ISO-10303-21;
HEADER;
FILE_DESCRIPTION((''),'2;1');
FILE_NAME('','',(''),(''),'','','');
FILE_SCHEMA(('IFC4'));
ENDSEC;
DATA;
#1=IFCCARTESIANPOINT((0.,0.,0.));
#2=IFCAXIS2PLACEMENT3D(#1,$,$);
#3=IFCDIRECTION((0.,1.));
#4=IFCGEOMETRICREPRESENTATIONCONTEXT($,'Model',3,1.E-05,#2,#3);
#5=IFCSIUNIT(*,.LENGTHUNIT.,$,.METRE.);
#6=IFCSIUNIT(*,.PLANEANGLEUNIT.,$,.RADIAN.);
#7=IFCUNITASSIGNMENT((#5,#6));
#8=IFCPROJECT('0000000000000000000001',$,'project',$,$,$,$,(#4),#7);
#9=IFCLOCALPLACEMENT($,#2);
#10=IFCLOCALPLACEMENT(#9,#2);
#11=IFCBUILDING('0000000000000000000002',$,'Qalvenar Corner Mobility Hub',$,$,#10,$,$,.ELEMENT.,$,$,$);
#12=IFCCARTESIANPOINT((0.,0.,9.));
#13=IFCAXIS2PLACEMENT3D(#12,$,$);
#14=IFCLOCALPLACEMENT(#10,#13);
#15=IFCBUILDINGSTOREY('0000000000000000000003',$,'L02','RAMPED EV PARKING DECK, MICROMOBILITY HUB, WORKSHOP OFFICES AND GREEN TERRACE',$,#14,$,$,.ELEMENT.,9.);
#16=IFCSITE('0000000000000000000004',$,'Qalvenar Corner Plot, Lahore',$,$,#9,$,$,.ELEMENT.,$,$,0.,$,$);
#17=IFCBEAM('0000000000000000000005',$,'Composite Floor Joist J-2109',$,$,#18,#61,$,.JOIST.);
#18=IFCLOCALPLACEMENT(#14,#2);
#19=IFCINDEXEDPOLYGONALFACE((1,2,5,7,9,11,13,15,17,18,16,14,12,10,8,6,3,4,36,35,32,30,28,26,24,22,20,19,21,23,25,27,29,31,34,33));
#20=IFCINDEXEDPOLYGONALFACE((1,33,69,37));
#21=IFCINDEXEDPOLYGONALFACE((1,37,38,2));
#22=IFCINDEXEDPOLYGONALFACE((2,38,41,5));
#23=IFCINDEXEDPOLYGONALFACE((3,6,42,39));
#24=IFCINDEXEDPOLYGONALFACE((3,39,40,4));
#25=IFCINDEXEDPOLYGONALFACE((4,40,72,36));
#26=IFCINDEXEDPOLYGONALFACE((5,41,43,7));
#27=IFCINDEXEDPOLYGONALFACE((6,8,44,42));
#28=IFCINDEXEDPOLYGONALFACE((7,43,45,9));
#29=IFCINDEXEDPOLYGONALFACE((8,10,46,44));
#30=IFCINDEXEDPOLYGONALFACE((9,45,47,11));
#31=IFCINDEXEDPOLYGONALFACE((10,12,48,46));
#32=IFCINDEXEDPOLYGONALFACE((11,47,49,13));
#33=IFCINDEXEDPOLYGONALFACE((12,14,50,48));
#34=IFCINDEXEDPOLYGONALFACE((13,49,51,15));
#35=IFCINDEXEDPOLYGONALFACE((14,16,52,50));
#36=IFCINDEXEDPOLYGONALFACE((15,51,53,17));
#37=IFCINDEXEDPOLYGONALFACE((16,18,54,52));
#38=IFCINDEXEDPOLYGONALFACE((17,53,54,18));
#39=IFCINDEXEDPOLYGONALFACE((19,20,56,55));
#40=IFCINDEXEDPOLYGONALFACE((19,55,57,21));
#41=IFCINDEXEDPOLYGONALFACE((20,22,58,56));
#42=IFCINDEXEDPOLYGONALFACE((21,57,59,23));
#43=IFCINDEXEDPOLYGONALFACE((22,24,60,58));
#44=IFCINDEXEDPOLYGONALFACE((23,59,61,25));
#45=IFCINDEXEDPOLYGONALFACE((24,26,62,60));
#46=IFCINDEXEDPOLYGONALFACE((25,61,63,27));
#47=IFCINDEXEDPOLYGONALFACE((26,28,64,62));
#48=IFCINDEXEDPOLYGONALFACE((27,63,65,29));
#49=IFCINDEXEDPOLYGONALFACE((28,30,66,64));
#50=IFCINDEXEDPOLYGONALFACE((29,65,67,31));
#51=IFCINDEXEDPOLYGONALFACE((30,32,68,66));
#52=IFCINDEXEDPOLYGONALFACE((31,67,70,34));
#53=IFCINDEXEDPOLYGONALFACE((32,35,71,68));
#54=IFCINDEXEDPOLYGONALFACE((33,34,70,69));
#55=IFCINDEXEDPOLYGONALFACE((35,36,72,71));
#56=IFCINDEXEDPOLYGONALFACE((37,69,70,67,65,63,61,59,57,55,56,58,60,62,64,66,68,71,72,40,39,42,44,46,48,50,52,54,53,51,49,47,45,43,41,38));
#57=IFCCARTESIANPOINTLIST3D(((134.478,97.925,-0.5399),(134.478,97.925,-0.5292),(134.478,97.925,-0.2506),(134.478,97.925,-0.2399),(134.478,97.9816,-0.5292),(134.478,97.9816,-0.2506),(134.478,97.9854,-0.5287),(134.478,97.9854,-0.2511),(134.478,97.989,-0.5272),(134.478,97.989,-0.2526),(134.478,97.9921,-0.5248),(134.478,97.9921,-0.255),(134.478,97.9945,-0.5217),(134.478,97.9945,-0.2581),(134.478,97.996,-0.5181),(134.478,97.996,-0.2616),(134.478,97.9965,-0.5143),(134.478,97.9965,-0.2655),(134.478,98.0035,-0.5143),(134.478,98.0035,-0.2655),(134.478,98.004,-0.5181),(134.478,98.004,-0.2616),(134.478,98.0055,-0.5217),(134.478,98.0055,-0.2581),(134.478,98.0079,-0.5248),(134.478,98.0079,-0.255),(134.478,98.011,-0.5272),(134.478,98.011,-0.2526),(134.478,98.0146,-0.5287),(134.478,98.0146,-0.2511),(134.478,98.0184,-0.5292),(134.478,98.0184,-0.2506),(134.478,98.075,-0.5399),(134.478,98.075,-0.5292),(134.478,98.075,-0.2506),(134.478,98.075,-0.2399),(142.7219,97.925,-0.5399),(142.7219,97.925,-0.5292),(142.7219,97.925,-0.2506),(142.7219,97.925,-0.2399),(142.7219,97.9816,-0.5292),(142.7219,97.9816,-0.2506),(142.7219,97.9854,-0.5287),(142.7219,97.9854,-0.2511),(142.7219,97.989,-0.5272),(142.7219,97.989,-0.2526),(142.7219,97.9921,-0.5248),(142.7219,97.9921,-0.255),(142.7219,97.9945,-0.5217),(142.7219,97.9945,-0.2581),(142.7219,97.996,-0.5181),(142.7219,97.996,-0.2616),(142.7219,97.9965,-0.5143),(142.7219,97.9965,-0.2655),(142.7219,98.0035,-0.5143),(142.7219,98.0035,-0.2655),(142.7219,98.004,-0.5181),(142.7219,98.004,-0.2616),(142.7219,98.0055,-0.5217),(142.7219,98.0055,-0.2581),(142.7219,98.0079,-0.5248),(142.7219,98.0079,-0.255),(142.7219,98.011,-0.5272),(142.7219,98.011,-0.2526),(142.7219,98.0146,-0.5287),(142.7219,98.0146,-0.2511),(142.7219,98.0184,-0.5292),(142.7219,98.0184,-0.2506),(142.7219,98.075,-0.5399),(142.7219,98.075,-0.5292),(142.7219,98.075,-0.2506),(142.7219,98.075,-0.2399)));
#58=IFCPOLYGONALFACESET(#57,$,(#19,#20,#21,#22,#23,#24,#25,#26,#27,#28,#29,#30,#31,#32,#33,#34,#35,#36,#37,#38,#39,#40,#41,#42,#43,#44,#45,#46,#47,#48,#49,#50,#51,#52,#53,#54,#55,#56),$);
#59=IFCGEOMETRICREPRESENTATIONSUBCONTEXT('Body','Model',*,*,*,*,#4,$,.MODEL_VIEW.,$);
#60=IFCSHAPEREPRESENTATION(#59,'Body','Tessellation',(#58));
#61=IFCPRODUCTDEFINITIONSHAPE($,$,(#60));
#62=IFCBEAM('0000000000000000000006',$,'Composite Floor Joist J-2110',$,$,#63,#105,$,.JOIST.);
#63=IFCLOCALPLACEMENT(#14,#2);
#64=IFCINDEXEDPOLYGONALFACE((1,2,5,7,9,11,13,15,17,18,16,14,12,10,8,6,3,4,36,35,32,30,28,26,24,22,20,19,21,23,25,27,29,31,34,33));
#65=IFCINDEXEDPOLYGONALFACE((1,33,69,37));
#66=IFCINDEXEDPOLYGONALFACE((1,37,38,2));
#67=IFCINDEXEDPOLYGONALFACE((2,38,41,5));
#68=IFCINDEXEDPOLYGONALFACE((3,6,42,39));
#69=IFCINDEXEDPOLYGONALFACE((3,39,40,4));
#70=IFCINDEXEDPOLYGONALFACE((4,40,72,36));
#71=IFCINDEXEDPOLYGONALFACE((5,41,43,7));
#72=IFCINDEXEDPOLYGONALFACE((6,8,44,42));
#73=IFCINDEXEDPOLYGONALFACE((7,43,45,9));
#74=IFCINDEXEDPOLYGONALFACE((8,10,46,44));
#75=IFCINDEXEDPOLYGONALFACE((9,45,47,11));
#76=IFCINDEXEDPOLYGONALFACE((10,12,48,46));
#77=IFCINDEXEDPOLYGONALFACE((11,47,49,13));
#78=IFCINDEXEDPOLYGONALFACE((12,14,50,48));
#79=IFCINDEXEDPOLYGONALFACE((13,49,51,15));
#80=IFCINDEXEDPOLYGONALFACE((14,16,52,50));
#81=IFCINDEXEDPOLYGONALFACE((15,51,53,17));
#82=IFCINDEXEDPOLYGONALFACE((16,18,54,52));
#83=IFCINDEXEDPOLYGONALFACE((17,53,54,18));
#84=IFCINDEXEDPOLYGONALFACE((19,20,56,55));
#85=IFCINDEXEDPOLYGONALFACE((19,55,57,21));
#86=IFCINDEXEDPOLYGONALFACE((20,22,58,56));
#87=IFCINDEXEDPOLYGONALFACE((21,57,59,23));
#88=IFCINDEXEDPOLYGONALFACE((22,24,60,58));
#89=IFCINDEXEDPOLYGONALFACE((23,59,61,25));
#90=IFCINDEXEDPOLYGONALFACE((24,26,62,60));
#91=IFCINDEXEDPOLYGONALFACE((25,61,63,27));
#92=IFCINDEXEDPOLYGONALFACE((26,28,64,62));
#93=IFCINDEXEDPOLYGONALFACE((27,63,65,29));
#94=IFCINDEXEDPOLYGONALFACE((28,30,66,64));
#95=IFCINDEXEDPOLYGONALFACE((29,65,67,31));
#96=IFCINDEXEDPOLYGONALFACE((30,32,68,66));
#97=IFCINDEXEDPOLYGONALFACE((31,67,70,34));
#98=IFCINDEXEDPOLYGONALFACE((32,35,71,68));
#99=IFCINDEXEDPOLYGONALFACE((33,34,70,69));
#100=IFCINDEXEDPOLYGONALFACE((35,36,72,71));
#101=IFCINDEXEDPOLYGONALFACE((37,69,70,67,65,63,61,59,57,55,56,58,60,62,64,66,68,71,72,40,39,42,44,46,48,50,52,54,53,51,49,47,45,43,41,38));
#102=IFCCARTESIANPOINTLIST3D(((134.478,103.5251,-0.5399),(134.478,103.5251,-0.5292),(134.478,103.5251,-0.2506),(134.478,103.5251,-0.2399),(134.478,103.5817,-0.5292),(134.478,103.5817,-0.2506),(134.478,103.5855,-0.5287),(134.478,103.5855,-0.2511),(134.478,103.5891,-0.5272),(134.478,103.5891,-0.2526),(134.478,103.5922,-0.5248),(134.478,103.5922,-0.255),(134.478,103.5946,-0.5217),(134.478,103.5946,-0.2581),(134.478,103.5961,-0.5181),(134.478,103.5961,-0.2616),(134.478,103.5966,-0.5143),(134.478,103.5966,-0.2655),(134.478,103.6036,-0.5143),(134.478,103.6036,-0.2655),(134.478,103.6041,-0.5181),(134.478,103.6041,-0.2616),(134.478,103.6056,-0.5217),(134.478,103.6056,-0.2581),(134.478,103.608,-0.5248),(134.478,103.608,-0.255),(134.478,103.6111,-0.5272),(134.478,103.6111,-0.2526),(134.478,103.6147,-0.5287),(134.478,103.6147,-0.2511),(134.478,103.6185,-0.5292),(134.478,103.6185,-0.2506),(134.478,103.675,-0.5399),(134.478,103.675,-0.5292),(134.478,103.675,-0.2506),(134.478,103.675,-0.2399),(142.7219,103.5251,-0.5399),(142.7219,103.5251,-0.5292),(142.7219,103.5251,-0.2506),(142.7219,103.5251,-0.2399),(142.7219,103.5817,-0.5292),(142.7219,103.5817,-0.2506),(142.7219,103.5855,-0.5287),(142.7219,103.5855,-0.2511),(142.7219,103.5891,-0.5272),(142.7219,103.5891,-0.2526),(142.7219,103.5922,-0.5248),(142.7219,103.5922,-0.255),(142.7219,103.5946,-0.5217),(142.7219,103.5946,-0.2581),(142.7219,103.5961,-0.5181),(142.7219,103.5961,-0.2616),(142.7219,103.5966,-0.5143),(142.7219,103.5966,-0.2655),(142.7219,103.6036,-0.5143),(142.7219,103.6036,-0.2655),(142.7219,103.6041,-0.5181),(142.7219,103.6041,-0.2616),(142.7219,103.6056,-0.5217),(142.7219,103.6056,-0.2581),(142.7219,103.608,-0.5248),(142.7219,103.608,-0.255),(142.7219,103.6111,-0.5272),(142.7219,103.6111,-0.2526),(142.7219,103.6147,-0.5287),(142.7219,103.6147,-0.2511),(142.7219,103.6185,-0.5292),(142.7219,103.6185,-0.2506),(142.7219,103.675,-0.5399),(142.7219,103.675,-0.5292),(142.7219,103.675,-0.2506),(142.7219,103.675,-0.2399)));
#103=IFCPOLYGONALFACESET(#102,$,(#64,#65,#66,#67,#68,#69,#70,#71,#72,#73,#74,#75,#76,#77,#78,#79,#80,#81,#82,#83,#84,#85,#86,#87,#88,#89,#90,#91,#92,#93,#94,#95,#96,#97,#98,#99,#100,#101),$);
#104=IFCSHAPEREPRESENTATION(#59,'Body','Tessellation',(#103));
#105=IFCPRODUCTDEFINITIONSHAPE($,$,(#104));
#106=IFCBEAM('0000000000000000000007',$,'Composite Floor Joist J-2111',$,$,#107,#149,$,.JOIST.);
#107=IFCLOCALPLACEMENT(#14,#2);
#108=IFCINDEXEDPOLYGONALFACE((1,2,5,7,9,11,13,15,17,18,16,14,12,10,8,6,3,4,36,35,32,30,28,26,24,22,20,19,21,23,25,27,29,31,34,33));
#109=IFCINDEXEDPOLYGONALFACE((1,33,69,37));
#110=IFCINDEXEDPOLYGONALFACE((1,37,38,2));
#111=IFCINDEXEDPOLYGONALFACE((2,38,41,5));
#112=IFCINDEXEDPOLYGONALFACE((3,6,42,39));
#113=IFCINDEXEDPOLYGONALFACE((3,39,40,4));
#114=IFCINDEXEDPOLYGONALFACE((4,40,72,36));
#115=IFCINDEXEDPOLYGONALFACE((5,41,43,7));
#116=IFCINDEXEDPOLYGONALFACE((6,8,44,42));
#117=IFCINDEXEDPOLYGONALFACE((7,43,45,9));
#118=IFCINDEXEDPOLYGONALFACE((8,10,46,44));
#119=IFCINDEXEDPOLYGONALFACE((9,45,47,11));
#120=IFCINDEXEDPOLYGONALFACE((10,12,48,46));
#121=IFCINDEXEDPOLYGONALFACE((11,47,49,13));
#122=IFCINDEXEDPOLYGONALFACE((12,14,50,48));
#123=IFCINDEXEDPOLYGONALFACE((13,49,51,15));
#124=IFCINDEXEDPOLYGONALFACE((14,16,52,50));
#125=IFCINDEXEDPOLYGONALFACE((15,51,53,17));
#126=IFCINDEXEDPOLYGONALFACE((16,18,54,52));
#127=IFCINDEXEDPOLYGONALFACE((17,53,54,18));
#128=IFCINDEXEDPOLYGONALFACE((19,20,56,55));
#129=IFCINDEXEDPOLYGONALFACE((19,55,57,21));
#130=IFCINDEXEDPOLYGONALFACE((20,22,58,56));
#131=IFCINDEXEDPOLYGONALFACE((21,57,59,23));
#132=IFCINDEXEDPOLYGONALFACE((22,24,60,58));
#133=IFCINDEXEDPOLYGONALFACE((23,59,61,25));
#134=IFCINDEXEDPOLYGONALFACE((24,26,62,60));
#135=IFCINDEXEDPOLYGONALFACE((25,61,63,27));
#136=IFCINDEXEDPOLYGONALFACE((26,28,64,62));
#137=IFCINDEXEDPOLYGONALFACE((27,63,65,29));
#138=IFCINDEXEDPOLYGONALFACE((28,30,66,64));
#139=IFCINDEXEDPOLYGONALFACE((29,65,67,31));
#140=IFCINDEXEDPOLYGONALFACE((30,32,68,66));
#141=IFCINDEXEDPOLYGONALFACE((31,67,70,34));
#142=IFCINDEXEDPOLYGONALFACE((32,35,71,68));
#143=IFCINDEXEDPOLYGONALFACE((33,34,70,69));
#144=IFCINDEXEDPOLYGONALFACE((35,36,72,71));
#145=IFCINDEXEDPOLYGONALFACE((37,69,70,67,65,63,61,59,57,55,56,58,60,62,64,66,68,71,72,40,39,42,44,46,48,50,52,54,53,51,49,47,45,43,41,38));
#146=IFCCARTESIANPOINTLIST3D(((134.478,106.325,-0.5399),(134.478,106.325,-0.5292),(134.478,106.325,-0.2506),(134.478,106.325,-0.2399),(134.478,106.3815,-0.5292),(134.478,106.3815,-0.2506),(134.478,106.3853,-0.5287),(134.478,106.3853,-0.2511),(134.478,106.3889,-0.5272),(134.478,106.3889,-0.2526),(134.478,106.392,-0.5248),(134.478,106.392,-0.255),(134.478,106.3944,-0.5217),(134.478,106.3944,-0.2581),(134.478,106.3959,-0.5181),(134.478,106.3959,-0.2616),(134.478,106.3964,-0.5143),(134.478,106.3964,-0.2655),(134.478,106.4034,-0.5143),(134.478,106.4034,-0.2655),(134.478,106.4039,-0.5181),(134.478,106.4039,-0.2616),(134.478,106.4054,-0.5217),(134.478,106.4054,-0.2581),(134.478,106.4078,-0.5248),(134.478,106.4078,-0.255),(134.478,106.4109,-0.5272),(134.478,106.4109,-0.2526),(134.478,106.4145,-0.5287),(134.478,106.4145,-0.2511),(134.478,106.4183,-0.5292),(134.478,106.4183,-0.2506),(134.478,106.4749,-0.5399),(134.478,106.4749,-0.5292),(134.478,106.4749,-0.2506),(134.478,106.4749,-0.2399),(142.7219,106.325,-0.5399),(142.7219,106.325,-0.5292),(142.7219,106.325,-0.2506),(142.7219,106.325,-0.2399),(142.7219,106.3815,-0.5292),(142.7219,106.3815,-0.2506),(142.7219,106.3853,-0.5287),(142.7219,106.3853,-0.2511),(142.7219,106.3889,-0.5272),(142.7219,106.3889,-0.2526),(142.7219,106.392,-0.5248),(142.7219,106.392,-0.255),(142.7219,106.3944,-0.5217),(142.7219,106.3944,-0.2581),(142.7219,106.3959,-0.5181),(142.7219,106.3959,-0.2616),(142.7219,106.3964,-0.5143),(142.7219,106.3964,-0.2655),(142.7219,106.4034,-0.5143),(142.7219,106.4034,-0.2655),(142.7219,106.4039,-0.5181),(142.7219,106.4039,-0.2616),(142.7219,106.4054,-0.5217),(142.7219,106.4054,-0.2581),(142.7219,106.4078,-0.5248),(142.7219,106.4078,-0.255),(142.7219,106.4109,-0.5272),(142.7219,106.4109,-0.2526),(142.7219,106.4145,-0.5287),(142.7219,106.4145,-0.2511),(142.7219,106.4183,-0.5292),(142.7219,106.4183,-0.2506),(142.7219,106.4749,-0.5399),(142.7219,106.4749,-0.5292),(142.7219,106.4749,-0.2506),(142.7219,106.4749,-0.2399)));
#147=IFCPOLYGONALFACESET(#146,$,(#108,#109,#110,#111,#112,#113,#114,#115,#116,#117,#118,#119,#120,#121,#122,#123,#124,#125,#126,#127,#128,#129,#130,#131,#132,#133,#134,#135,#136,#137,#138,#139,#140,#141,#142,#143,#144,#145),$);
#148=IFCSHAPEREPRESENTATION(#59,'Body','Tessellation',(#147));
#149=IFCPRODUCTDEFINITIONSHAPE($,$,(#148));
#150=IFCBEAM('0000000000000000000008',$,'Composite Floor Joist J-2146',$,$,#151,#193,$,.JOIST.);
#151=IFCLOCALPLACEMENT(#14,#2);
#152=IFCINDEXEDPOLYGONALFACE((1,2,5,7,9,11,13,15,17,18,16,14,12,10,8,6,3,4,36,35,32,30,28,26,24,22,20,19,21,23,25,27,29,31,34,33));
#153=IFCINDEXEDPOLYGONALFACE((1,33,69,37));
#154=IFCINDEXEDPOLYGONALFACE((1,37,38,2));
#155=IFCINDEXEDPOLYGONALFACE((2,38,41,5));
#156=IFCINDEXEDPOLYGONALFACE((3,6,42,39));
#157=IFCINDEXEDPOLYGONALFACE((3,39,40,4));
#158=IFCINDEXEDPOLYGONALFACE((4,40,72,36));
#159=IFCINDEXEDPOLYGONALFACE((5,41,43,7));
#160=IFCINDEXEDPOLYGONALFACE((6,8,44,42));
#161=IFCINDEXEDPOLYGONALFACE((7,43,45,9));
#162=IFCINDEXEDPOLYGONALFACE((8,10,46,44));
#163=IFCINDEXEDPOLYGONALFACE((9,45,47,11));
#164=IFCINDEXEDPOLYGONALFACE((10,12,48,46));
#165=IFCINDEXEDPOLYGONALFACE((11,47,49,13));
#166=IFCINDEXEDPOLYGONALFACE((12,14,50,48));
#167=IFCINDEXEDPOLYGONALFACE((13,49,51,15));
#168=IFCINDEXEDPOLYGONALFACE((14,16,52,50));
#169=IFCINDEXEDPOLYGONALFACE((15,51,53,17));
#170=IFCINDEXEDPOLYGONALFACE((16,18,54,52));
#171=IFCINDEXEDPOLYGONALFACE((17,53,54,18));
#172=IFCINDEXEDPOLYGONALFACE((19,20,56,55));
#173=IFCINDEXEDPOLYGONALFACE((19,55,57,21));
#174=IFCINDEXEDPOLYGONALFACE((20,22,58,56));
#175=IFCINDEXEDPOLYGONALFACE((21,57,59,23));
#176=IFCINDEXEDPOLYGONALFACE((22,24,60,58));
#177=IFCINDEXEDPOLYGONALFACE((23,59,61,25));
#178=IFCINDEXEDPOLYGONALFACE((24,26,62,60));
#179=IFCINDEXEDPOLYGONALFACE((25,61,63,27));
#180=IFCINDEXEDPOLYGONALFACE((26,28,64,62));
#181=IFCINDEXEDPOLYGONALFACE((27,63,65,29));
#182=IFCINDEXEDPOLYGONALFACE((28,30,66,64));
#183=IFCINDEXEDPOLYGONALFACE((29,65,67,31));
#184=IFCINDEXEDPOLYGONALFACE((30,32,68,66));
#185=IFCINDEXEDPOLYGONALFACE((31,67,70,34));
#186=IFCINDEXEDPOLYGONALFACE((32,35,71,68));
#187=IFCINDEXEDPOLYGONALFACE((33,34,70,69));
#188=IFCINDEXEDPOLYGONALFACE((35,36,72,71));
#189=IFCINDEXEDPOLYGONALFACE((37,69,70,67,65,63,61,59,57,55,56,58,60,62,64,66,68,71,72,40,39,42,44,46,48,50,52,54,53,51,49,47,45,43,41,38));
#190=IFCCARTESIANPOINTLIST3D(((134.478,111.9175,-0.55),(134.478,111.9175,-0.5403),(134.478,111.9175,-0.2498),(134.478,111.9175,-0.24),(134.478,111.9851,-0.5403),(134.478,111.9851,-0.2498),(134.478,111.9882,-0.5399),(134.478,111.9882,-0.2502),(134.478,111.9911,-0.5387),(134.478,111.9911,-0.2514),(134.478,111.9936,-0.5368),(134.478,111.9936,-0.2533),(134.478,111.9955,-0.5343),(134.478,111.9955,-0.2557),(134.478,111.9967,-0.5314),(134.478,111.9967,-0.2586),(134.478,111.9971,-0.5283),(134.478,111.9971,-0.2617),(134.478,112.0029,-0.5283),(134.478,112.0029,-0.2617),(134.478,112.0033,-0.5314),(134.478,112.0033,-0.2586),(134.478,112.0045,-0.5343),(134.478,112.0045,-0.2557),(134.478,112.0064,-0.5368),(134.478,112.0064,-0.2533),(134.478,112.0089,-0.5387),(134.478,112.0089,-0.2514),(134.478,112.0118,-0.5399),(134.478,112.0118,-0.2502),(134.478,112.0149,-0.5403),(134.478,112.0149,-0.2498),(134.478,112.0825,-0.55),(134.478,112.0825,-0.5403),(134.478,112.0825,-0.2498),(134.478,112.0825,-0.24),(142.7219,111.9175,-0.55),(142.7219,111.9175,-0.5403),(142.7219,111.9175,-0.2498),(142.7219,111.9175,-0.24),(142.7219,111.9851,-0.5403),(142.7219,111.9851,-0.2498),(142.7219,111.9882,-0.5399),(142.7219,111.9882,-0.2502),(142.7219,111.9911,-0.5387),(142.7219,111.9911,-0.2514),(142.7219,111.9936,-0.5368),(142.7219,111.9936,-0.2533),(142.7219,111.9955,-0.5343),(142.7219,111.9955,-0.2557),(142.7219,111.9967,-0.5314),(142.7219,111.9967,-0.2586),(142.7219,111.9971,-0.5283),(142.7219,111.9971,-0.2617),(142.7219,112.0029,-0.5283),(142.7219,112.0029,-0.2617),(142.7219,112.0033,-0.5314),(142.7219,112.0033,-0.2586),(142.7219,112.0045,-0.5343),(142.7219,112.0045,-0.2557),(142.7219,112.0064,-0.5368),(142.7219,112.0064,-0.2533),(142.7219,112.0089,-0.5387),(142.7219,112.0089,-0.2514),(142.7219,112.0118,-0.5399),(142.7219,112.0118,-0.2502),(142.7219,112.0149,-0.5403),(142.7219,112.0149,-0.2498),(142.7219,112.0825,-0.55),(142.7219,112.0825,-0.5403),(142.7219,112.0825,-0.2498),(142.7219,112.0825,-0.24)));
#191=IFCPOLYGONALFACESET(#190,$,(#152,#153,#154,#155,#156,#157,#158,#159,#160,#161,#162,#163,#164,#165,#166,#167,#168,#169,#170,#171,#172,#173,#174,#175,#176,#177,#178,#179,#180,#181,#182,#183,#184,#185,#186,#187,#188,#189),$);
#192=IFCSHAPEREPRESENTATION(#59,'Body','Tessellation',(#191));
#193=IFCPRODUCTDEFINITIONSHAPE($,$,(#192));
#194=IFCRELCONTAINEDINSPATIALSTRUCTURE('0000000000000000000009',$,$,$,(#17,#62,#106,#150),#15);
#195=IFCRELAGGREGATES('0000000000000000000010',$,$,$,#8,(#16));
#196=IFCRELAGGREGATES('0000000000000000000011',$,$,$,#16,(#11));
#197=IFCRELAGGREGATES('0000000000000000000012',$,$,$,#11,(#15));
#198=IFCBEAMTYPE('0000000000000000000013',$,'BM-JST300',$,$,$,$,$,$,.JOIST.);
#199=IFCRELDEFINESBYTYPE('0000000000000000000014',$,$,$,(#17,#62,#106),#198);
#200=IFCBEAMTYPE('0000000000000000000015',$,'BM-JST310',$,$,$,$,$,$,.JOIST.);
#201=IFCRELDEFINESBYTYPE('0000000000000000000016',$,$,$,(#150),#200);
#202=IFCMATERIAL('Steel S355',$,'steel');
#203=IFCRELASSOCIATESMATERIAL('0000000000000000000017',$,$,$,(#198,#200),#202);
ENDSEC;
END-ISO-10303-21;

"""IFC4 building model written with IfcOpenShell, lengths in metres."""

from ifc_helpers import new_model, si_unit, direction, frame, origin, origin_2d, place, context, subcontext, project, spatial, i_section, extrude, material, material_profile, profile_set, type_object, element, save


model = new_model("IFC4")

# Units and contexts
model_context = context("Model", 3, precision=1e-05, world=origin(), true_north=direction((0.0, 1.0)))
body_context = subcontext(model_context, "Body", "Model", "MODEL_VIEW")
ifc_project = project(units=[si_unit("LENGTHUNIT", "METRE"), si_unit("PLANEANGLEUNIT", "RADIAN")], contexts=[model_context])

# Site, building, storey
site_placement = place(None, origin())
site = spatial("IfcSite", under=ifc_project, at=site_placement, Name="Qalvenar Corner Plot, Lahore", CompositionType="ELEMENT", RefElevation=0.0)
building_placement = place(site_placement, origin())
building = spatial("IfcBuilding", under=site, at=building_placement, Name="Qalvenar Corner Mobility Hub", CompositionType="ELEMENT")
storey_placement = place(building_placement, frame((0.0, 0.0, 9.0)))
storey = spatial("IfcBuildingStorey", under=building, at=storey_placement, Name="L02", Description="RAMPED EV PARKING DECK, MICROMOBILITY HUB, WORKSHOP OFFICES AND GREEN TERRACE", CompositionType="ELEMENT", Elevation=9.0)

# Shared definitions
ifc_material_1 = material(Name="Steel S355", Category="steel")

# Beams
ifc_material_profile_1 = material_profile(ifc_material_1, i_section(OverallWidth=0.1499, OverallDepth=0.3, WebThickness=0.0071, FlangeThickness=0.0107, FilletRadius=0.0149, at=origin_2d()), Name="IPE300")
ifc_profile_set_1 = profile_set([ifc_material_profile_1], Name="Steel S355")
beam_type_1 = type_object("IfcBeamType", Name="BM-JST300", PredefinedType="JOIST", material=ifc_profile_set_1)
for number, where, z_axis, x_axis, name in (
    (1, (134.478, 98.0, -0.3899), (1.0, 0.0, 0.0), (0.0, 1.0, 0.0), "Composite Floor Joist J-2109"),
    (2, (134.478, 103.6001, -0.3899), (1.0, 0.0, 0.0), (0.0, 1.0, 0.0), "Composite Floor Joist J-2110"),
    (3, (134.478, 106.3999, -0.3899), (1.0, 0.0, 0.0), (0.0, 1.0, 0.0), "Composite Floor Joist J-2111"),
):
    element("IfcBeam", number, at=place(storey_placement, frame(where, z_axis=z_axis, x_axis=x_axis)), inside=storey, type_object=beam_type_1, Name=name, PredefinedType="JOIST", context=body_context, shape_type="SweptSolid", body=[
        extrude(i_section(OverallWidth=0.1499, OverallDepth=0.3, WebThickness=0.0071, FlangeThickness=0.0107, FilletRadius=0.0149, at=origin_2d()), origin(), (0.0, 0.0, 1.0), 8.2439),
    ])
ifc_material_profile_2 = material_profile(ifc_material_1, i_section(OverallWidth=0.165, OverallDepth=0.3101, WebThickness=0.0059, FlangeThickness=0.0098, FilletRadius=0.012, at=origin_2d()), Name="W310x38.7")
ifc_profile_set_2 = profile_set([ifc_material_profile_2], Name="Steel S355")
beam_type_2 = type_object("IfcBeamType", Name="BM-JST310", PredefinedType="JOIST", material=ifc_profile_set_2)
for number, where, z_axis, x_axis, name in (
    (4, (134.478, 112.0, -0.395), (1.0, 0.0, 0.0), (0.0, 1.0, 0.0), "Composite Floor Joist J-2146"),
):
    element("IfcBeam", number, at=place(storey_placement, frame(where, z_axis=z_axis, x_axis=x_axis)), inside=storey, type_object=beam_type_2, Name=name, PredefinedType="JOIST", context=body_context, shape_type="SweptSolid", body=[
        extrude(i_section(OverallWidth=0.165, OverallDepth=0.3101, WebThickness=0.0059, FlangeThickness=0.0098, FilletRadius=0.012, at=origin_2d()), origin(), (0.0, 0.0, 1.0), 8.2439),
    ])

save(model, "model.ifc")
